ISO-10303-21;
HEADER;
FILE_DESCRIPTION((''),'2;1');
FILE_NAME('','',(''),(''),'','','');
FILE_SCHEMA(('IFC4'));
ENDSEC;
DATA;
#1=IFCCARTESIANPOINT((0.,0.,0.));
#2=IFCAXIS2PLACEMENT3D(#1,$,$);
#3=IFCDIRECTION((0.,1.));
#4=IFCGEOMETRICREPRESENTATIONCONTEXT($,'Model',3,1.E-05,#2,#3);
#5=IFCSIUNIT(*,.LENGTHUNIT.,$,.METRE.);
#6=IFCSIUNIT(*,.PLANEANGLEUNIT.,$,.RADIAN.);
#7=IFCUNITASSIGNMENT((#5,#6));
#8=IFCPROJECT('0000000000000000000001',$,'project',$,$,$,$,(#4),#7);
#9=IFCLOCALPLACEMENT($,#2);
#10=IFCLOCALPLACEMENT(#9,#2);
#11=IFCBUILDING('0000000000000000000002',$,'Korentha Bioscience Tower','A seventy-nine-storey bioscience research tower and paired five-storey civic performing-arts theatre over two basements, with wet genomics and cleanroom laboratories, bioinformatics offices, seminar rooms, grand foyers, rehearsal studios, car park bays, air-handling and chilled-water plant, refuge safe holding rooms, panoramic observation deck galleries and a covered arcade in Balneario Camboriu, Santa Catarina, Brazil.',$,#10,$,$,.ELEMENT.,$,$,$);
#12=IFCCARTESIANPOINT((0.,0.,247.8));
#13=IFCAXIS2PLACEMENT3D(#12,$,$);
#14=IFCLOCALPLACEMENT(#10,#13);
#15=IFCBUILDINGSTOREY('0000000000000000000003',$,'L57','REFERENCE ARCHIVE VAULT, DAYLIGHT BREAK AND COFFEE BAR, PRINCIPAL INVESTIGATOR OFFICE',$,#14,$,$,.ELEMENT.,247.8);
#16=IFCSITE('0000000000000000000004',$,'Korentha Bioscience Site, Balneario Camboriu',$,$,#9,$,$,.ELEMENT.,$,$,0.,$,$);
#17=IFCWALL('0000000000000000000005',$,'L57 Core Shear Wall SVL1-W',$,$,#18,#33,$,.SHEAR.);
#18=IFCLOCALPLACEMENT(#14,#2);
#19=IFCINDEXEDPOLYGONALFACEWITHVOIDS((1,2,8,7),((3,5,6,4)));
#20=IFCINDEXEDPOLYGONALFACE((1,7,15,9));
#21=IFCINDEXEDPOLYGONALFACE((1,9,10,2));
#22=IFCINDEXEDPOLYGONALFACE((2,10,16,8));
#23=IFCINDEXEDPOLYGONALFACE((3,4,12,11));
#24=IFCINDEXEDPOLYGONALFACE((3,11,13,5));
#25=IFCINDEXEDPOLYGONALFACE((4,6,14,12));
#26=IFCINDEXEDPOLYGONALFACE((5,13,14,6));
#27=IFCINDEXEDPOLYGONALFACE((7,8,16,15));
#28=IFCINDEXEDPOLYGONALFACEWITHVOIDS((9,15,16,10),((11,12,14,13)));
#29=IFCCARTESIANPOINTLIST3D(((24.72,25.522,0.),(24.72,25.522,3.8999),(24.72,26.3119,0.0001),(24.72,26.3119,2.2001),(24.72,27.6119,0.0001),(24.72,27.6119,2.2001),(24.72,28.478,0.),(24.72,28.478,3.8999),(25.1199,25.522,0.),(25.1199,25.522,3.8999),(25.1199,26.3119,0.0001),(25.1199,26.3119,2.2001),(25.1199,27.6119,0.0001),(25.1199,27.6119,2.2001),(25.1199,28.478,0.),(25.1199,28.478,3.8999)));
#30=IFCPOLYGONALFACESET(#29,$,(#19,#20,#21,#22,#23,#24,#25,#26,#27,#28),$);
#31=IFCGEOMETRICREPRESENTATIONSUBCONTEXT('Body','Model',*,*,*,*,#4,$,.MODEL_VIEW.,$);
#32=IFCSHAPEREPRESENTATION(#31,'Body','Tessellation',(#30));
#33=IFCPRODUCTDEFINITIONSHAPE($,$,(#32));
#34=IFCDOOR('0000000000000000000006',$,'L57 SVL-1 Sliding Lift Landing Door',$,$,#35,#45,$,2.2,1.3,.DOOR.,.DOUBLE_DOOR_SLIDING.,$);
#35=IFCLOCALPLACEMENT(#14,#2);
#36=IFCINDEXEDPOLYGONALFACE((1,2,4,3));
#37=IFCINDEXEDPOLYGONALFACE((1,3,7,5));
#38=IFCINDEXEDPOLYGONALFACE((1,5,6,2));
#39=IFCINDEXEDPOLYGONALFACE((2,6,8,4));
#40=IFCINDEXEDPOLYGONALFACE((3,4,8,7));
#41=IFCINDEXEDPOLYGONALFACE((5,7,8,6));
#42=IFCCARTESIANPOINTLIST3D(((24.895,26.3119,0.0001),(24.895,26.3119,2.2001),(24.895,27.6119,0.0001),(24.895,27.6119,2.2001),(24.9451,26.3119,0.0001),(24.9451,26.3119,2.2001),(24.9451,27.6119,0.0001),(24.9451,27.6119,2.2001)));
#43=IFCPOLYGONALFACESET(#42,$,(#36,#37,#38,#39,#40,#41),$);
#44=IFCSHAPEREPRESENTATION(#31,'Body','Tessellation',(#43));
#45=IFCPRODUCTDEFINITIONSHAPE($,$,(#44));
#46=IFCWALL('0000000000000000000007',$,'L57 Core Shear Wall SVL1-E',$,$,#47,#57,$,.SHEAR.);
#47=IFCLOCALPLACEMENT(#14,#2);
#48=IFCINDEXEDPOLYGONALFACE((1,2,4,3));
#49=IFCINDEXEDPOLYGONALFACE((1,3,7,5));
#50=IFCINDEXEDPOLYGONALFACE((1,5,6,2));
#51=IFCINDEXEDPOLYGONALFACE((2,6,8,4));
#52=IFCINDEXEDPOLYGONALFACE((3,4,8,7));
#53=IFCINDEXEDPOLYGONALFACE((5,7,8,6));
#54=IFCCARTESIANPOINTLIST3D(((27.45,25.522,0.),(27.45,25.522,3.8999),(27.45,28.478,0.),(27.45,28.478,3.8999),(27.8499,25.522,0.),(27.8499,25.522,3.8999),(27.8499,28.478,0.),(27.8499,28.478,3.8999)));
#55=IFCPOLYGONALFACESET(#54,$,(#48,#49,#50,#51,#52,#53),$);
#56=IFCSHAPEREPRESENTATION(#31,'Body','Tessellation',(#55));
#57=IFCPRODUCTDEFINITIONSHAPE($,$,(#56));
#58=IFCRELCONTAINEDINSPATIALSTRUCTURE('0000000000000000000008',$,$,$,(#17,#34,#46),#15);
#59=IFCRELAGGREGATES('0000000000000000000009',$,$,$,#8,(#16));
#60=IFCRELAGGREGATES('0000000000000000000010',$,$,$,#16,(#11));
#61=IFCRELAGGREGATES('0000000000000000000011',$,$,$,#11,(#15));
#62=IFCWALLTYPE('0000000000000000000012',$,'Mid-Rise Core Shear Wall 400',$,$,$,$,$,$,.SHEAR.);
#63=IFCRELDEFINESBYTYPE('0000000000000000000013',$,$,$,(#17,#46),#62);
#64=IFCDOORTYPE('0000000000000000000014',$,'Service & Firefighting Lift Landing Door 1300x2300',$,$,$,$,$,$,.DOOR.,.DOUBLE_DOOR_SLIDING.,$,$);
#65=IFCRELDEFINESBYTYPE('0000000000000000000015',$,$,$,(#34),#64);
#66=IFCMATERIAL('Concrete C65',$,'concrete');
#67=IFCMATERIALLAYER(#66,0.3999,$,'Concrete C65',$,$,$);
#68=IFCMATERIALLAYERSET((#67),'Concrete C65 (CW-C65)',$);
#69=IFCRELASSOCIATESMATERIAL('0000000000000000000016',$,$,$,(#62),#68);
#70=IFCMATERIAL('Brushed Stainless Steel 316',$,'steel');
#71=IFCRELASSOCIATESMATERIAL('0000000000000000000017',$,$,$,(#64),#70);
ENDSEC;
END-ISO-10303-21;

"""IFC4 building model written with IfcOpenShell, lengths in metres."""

from ifc_helpers import new_model, si_unit, direction, frame, frame_2d, origin, place, context, subcontext, project, spatial, rectangle, extrude, material, layer, layer_set, type_object, element, fill, save


model = new_model("IFC4")

# Units and contexts
model_context = context("Model", 3, precision=1e-05, world=origin(), true_north=direction((0.0, 1.0)))
body_context = subcontext(model_context, "Body", "Model", "MODEL_VIEW")
ifc_project = project(units=[si_unit("LENGTHUNIT", "METRE"), si_unit("PLANEANGLEUNIT", "RADIAN")], contexts=[model_context])

# Site, building, storey
site_placement = place(None, origin())
site = spatial("IfcSite", under=ifc_project, at=site_placement, Name="Korentha Bioscience Site, Balneario Camboriu", CompositionType="ELEMENT", RefElevation=0.0)
building_placement = place(site_placement, origin())
building = spatial("IfcBuilding", under=site, at=building_placement, Name="Korentha Bioscience Tower", Description="A seventy-nine-storey bioscience research tower and paired five-storey civic performing-arts theatre over two basements, with wet genomics and cleanroom laboratories, bioinformatics offices, seminar rooms, grand foyers, rehearsal studios, car park bays, air-handling and chilled-water plant, refuge safe holding rooms, panoramic observation deck galleries and a covered arcade in Balneario Camboriu, Santa Catarina, Brazil.", CompositionType="ELEMENT")
storey_placement = place(building_placement, frame((0.0, 0.0, 247.8)))
storey = spatial("IfcBuildingStorey", under=building, at=storey_placement, Name="L57", Description="REFERENCE ARCHIVE VAULT, DAYLIGHT BREAK AND COFFEE BAR, PRINCIPAL INVESTIGATOR OFFICE", CompositionType="ELEMENT", Elevation=247.8)

# Shared definitions
ifc_material_1 = material(Name="Concrete C65", Category="concrete")

# Shared definitions
ifc_layer_1 = layer(ifc_material_1, 0.3999, Name="Concrete C65")
ifc_layer_set_1 = layer_set([ifc_layer_1], Name="Concrete C65 (CW-C65)")
wall_type_1 = type_object("IfcWallType", Name="Mid-Rise Core Shear Wall 400", PredefinedType="SHEAR", material=ifc_layer_set_1)

# Shared definitions
ifc_material_2 = material(Name="Brushed Stainless Steel 316", Category="steel")
door_type_1 = type_object("IfcDoorType", Name="Service & Firefighting Lift Landing Door 1300x2300", OperationType="DOUBLE_DOOR_SLIDING", PredefinedType="DOOR", material=ifc_material_2)

# Wall, opening, door
wall_1_placement = place(storey_placement, frame((24.9199, 25.522, 0.0), z_axis=(0.0, 0.0, 1.0), x_axis=(0.0, 1.0, 0.0)))
wall_1 = element("IfcWall", 1, at=wall_1_placement, inside=storey, type_object=wall_type_1, Name="L57 Core Shear Wall SVL1-W", PredefinedType="SHEAR", context=body_context, shape_type="SweptSolid", body=[
    extrude(rectangle(XDim=2.9561, YDim=0.3999, at=frame_2d((1.478, 0.0))), origin(), (0.0, 0.0, 1.0), 3.8999),
])
opening_1_placement = place(wall_1_placement, frame((0.79, 0.0, 0.0)))
opening_1 = element("IfcOpeningElement", 2, at=opening_1_placement, cuts=wall_1, PredefinedType="OPENING", context=body_context, shape_type="SweptSolid", body=[
    extrude(rectangle(XDim=1.3, YDim=2.2, at=frame_2d((0.6499, 1.1001))), frame((0.0, 0.2148, 0.0), z_axis=(0.0, -1.0, 0.0), x_axis=(1.0, 0.0, 0.0)), (0.0, 0.0, 1.0), 0.4297),
])
door_1_placement = place(opening_1_placement, origin())
door_1 = element("IfcDoor", 3, at=door_1_placement, inside=storey, type_object=door_type_1, Name="L57 SVL-1 Sliding Lift Landing Door", OperationType="DOUBLE_DOOR_SLIDING", OverallHeight=2.2, OverallWidth=1.3, PredefinedType="DOOR", context=body_context, shape_type="SweptSolid", body=[
    extrude(rectangle(XDim=1.3, YDim=2.2, at=frame_2d((0.6499, 1.1001))), frame((0.0, 0.0249, 0.0), z_axis=(0.0, -1.0, 0.0), x_axis=(1.0, 0.0, 0.0)), (0.0, 0.0, 1.0), 0.05),
])
fill(opening_1, door_1)

# Wall
wall_2_placement = place(storey_placement, frame((27.6499, 25.522, 0.0), z_axis=(0.0, 0.0, 1.0), x_axis=(0.0, 1.0, 0.0)))
element("IfcWall", 4, at=wall_2_placement, inside=storey, type_object=wall_type_1, Name="L57 Core Shear Wall SVL1-E", PredefinedType="SHEAR", context=body_context, shape_type="SweptSolid", body=[
    extrude(rectangle(XDim=2.9561, YDim=0.3999, at=frame_2d((1.478, 0.0))), origin(), (0.0, 0.0, 1.0), 3.8999),
])

save(model, "model.ifc")
